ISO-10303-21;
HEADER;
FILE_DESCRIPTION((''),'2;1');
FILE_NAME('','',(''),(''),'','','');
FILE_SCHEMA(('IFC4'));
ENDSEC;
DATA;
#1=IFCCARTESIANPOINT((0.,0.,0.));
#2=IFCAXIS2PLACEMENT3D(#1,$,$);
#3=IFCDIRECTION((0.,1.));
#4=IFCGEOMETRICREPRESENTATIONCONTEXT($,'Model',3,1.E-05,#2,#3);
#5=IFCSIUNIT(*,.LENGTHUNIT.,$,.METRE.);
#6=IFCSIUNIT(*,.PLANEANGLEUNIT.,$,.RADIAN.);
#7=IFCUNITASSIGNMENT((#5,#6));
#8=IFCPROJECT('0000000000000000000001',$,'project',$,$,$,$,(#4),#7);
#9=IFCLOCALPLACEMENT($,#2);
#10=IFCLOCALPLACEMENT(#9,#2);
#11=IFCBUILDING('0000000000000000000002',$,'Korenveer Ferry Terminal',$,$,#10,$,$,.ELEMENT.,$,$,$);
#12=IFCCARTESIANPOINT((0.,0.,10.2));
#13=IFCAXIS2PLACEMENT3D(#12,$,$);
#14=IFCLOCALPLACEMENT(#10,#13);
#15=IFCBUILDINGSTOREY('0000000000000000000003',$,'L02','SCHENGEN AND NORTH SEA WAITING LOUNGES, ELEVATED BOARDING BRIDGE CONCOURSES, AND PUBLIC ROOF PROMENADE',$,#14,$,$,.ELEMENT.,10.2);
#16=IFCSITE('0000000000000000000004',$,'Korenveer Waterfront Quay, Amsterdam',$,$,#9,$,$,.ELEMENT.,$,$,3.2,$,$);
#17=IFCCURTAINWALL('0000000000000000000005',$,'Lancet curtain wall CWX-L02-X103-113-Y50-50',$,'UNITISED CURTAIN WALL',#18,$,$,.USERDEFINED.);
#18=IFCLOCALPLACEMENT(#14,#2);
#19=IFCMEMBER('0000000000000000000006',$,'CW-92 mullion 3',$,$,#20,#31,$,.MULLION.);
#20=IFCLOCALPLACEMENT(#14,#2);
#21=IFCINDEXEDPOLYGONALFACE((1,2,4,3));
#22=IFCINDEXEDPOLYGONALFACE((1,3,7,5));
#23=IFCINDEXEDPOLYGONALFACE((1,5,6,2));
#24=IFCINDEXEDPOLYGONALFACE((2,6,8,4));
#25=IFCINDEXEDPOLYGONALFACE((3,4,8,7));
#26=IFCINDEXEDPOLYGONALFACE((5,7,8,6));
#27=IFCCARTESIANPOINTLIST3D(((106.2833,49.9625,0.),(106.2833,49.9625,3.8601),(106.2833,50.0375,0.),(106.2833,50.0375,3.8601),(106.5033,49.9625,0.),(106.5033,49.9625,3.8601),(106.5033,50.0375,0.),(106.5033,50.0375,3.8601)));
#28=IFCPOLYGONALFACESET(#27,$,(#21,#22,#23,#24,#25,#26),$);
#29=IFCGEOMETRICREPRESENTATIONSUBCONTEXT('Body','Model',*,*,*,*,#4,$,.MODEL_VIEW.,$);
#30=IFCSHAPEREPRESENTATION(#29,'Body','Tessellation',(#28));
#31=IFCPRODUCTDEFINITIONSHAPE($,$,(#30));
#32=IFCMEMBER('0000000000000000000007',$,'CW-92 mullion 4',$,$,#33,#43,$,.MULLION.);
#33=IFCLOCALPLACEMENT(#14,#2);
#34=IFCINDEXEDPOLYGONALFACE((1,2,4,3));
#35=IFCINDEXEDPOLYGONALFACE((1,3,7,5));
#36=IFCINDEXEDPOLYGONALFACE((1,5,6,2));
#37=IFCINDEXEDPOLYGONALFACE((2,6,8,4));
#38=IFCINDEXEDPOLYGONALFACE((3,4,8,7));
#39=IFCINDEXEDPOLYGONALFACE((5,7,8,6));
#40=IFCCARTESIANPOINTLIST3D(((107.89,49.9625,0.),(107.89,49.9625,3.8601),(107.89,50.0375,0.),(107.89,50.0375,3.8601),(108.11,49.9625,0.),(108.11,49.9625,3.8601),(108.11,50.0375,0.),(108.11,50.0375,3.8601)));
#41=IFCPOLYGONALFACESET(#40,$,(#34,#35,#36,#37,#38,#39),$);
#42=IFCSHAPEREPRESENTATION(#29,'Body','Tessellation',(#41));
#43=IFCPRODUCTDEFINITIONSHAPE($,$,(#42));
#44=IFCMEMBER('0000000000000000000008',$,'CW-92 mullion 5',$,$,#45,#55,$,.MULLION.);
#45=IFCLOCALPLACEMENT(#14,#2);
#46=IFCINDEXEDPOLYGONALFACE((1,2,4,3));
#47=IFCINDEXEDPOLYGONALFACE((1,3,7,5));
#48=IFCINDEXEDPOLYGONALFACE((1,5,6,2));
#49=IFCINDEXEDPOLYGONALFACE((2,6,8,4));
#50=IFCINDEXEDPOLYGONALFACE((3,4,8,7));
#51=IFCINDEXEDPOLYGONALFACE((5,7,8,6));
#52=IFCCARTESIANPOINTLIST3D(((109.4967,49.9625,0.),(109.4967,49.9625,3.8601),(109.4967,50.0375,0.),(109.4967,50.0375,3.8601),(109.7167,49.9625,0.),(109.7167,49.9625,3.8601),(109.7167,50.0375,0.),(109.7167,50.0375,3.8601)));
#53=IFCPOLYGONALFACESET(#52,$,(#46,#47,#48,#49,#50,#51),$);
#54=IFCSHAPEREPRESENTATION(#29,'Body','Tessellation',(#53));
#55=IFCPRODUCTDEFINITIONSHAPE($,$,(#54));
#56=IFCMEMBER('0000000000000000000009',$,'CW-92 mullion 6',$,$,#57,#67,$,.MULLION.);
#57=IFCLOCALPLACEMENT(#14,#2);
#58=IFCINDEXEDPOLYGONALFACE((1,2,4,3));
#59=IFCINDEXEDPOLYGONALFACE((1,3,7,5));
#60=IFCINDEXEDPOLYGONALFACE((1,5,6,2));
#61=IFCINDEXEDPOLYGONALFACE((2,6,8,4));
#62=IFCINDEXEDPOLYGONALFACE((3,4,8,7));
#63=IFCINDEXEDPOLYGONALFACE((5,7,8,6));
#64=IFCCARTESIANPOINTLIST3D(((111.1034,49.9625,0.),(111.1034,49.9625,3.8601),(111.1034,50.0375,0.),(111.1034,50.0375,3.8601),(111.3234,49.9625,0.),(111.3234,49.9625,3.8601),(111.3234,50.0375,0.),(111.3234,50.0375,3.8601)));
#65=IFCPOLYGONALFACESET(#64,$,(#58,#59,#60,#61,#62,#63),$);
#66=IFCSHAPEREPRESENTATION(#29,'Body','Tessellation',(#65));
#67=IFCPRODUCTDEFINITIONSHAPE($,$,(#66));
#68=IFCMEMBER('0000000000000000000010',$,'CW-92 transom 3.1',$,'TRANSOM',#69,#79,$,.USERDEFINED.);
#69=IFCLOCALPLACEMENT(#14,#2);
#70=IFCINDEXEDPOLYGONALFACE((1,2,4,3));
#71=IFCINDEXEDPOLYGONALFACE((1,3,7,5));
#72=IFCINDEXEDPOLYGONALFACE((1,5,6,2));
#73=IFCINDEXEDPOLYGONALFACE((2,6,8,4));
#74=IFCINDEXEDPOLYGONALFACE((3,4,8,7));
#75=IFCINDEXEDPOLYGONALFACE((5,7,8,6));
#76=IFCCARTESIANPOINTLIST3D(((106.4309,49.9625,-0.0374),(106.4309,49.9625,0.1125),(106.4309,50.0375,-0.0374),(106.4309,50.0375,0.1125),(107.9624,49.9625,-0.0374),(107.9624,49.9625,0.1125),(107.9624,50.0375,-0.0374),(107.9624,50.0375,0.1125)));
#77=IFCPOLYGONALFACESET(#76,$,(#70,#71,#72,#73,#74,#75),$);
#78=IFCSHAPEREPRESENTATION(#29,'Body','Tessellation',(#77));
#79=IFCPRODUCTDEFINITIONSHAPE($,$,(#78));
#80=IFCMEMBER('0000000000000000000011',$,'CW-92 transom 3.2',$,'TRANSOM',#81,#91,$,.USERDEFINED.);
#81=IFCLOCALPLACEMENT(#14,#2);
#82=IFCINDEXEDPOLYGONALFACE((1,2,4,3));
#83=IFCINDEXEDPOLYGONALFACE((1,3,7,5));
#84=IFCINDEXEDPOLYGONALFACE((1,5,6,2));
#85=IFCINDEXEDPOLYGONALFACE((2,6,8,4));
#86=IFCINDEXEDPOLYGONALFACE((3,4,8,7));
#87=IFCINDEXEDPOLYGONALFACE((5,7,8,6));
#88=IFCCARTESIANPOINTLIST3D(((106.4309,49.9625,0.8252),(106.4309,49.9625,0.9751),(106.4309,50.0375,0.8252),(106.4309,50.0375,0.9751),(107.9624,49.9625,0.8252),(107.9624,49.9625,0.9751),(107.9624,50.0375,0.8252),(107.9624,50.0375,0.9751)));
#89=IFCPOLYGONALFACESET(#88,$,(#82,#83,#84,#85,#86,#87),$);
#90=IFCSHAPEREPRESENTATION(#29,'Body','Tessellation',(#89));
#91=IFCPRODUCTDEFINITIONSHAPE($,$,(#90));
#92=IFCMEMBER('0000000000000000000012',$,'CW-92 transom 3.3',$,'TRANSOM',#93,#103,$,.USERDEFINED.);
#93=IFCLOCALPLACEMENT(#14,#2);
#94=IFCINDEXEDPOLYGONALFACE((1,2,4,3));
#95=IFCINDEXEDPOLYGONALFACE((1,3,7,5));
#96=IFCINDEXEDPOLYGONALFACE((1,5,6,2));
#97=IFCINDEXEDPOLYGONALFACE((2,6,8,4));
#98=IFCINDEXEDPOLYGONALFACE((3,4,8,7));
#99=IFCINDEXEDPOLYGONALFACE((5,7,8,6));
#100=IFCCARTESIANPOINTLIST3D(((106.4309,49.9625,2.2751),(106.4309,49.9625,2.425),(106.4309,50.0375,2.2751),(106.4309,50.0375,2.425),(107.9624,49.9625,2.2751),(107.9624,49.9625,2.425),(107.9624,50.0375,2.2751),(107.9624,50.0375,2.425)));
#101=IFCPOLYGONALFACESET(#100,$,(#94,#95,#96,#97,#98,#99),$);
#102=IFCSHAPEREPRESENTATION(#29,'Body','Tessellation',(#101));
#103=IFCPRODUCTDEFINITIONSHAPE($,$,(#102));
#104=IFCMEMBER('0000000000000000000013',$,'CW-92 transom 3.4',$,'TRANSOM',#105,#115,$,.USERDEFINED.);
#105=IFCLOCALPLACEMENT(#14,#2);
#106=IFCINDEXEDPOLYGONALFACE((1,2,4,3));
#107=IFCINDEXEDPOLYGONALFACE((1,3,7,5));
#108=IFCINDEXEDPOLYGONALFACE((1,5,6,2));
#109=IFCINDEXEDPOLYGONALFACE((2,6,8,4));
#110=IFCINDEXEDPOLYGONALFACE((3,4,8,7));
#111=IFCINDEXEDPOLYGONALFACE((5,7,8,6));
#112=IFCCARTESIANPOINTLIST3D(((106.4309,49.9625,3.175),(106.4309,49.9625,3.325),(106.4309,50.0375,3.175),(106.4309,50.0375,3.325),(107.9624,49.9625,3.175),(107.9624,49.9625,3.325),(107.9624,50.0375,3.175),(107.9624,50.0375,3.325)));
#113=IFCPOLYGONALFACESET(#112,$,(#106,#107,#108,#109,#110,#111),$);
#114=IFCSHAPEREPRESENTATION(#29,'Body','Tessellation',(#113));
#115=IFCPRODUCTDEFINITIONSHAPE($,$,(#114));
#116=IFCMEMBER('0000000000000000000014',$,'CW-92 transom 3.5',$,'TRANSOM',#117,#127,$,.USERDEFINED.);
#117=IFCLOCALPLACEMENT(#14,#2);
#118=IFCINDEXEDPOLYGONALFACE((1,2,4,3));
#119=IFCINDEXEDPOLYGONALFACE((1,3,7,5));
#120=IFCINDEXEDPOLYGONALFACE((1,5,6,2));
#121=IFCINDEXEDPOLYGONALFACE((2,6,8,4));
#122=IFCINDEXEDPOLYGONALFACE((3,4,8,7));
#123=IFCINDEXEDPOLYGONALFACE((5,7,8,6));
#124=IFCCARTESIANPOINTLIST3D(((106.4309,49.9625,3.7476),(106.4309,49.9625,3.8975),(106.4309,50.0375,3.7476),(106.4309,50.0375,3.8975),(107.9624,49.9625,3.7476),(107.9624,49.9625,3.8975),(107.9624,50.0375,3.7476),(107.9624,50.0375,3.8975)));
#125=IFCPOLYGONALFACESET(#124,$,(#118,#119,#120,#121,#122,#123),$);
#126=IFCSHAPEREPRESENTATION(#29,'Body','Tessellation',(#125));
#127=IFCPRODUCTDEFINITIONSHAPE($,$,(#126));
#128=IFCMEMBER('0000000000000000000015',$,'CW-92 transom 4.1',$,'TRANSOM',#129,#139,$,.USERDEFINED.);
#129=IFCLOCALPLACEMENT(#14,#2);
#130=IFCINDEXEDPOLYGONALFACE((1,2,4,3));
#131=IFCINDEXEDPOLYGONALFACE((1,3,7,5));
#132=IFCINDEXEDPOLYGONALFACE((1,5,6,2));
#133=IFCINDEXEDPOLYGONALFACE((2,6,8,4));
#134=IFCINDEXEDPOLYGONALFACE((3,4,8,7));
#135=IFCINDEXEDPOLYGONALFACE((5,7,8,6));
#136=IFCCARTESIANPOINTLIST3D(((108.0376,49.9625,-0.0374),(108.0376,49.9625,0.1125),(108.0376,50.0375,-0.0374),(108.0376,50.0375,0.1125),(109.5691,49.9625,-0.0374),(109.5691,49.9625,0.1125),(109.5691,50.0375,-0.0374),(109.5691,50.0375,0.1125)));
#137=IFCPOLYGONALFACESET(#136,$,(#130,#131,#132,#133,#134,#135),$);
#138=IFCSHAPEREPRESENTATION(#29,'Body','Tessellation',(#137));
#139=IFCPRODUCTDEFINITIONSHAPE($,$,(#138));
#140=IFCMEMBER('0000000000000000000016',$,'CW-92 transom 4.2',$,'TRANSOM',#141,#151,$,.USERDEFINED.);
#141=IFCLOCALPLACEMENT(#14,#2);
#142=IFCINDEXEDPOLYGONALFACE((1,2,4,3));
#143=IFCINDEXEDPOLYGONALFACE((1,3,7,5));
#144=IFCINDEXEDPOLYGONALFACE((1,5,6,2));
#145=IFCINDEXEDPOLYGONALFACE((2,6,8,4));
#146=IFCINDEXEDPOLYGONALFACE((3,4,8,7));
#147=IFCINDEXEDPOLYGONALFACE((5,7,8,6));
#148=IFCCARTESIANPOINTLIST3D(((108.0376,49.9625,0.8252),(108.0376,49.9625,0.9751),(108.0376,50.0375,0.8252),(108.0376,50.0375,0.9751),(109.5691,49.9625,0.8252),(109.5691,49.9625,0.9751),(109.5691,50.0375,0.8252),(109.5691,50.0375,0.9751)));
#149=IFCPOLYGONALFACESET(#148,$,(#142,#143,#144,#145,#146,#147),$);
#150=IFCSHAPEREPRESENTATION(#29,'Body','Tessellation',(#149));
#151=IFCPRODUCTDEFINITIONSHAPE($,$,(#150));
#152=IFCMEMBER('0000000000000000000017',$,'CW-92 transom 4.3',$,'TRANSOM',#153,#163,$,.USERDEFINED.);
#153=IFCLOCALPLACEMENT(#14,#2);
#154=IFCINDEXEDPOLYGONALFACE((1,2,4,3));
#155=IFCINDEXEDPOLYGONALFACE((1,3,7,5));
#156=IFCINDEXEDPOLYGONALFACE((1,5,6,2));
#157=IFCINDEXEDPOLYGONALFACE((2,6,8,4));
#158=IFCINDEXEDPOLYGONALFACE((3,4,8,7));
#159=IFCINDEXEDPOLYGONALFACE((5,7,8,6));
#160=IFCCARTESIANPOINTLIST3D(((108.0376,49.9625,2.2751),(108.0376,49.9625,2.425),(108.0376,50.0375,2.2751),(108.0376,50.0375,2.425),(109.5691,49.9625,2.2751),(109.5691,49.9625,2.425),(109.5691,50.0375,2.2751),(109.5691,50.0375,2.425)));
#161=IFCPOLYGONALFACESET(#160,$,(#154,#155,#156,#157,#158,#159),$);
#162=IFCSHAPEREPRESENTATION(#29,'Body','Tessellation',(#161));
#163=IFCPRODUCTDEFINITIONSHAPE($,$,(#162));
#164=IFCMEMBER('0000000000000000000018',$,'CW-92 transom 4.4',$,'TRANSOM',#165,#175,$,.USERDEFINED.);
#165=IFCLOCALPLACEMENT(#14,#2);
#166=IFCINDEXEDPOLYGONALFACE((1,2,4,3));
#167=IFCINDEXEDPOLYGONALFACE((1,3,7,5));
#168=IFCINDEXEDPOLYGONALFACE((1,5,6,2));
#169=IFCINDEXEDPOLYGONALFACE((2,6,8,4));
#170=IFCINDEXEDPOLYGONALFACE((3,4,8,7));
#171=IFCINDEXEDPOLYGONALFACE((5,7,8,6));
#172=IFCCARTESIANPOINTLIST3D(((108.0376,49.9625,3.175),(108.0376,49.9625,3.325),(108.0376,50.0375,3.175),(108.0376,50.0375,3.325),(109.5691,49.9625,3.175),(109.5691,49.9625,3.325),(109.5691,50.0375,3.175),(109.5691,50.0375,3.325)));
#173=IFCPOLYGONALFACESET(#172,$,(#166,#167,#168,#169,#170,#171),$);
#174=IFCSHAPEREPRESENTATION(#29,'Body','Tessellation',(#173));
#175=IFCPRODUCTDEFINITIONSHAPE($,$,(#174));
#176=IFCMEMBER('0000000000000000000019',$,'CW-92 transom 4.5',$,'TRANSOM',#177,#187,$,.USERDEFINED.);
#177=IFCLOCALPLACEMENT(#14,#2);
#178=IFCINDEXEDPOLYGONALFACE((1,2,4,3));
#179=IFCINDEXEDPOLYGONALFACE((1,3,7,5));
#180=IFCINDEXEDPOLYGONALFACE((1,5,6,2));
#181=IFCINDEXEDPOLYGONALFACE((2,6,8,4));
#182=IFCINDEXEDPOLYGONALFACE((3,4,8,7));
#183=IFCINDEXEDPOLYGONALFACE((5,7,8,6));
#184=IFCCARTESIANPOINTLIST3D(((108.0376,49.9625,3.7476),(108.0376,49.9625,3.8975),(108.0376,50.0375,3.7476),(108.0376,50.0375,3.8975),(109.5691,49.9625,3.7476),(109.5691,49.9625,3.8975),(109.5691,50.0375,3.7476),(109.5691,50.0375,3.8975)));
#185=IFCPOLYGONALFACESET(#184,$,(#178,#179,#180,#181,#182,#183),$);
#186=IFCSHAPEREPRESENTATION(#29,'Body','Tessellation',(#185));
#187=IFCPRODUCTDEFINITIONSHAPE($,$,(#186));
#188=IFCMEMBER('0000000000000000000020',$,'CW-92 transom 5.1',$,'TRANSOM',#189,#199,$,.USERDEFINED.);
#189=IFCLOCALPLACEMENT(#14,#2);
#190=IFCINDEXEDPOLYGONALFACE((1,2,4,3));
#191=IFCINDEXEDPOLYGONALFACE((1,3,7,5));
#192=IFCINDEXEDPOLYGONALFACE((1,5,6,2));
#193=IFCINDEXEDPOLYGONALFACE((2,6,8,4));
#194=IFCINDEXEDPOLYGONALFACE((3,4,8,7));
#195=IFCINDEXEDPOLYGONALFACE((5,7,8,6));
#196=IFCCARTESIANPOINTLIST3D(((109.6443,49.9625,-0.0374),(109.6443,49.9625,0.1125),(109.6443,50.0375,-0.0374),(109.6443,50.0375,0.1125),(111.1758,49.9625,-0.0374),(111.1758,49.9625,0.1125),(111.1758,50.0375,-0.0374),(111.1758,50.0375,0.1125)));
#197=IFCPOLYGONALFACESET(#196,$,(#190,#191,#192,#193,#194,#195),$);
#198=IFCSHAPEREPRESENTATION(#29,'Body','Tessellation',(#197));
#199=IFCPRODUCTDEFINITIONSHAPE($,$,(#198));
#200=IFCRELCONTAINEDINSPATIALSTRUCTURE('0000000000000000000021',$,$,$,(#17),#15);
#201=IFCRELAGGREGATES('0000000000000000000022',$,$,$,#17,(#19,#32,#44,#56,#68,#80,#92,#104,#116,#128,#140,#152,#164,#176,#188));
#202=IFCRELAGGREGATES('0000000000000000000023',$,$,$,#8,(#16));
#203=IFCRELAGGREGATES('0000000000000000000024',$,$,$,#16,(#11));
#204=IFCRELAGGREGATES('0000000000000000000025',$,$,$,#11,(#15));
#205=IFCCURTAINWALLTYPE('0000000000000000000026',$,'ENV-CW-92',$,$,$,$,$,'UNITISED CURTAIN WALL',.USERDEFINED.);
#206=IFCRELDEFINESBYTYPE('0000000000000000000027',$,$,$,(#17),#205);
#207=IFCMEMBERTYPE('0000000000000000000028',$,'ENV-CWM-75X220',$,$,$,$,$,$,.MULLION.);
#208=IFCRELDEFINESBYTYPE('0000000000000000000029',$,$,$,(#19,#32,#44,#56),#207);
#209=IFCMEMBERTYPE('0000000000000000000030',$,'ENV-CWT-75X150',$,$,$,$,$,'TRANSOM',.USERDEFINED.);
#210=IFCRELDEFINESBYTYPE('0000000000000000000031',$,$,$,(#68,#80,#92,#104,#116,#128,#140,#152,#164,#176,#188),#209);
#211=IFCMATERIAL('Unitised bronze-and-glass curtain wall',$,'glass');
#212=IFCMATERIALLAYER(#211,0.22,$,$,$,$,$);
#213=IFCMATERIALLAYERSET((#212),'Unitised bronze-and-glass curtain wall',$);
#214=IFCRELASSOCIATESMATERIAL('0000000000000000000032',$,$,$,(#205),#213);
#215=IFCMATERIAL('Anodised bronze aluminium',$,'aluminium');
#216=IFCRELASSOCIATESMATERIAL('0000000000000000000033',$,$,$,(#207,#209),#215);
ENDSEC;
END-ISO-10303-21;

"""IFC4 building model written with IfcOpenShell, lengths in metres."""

from ifc_helpers import new_model, si_unit, direction, frame, origin, origin_2d, place, context, subcontext, project, spatial, rectangle, extrude, material, layer, layer_set, material_profile, profile_set, type_object, element, aggregate, save


model = new_model("IFC4")

# Units and contexts
model_context = context("Model", 3, precision=1e-05, world=origin(), true_north=direction((0.0, 1.0)))
body_context = subcontext(model_context, "Body", "Model", "MODEL_VIEW")
ifc_project = project(units=[si_unit("LENGTHUNIT", "METRE"), si_unit("PLANEANGLEUNIT", "RADIAN")], contexts=[model_context])

# Site, building, storey
site_placement = place(None, origin())
site = spatial("IfcSite", under=ifc_project, at=site_placement, Name="Korenveer Waterfront Quay, Amsterdam", CompositionType="ELEMENT", RefElevation=3.2)
building_placement = place(site_placement, origin())
building = spatial("IfcBuilding", under=site, at=building_placement, Name="Korenveer Ferry Terminal", CompositionType="ELEMENT")
storey_placement = place(building_placement, frame((0.0, 0.0, 10.2)))
storey = spatial("IfcBuildingStorey", under=building, at=storey_placement, Name="L02", Description="SCHENGEN AND NORTH SEA WAITING LOUNGES, ELEVATED BOARDING BRIDGE CONCOURSES, AND PUBLIC ROOF PROMENADE", CompositionType="ELEMENT", Elevation=10.2)

# Curtain wall, members
ifc_material_1 = material(Name="Unitised bronze-and-glass curtain wall", Category="glass")
ifc_layer_1 = layer(ifc_material_1, 0.22)
ifc_layer_set_1 = layer_set([ifc_layer_1], Name="Unitised bronze-and-glass curtain wall")
curtain_wall_type = type_object("IfcCurtainWallType", Name="ENV-CW-92", ElementType="UNITISED CURTAIN WALL", PredefinedType="USERDEFINED", material=ifc_layer_set_1)
curtain_wall_placement = place(storey_placement, frame((103.1799, 50.0, 0.0)))
curtain_wall = element("IfcCurtainWall", 1, at=curtain_wall_placement, inside=storey, type_object=curtain_wall_type, Name="Lancet curtain wall CWX-L02-X103-113-Y50-50", ObjectType="UNITISED CURTAIN WALL", PredefinedType="USERDEFINED")
ifc_material_2 = material(Name="Anodised bronze aluminium", Category="aluminium")
ifc_material_profile_1 = material_profile(ifc_material_2, rectangle(XDim=0.075, YDim=0.22, at=origin_2d()), Name="ALU 75x220")
ifc_profile_set_1 = profile_set([ifc_material_profile_1], Name="Anodised bronze aluminium")
member_type_1 = type_object("IfcMemberType", Name="ENV-CWM-75X220", PredefinedType="MULLION", material=ifc_profile_set_1)
member_1_placement = place(storey_placement, frame((106.3933, 50.0, 0.0), z_axis=(0.0, 0.0, 1.0), x_axis=(0.0, 1.0, 0.0)))
member_1 = element("IfcMember", 2, at=member_1_placement, type_object=member_type_1, Name="CW-92 mullion 3", PredefinedType="MULLION", context=body_context, shape_type="SweptSolid", body=[
    extrude(rectangle(XDim=0.075, YDim=0.22, at=origin_2d()), origin(), (0.0, 0.0, 1.0), 3.8601),
])
member_2_placement = place(storey_placement, frame((108.0, 50.0, 0.0), z_axis=(0.0, 0.0, 1.0), x_axis=(0.0, 1.0, 0.0)))
member_2 = element("IfcMember", 3, at=member_2_placement, type_object=member_type_1, Name="CW-92 mullion 4", PredefinedType="MULLION", context=body_context, shape_type="SweptSolid", body=[
    extrude(rectangle(XDim=0.075, YDim=0.22, at=origin_2d()), origin(), (0.0, 0.0, 1.0), 3.8601),
])
member_3_placement = place(storey_placement, frame((109.6067, 50.0, 0.0), z_axis=(0.0, 0.0, 1.0), x_axis=(0.0, 1.0, 0.0)))
member_3 = element("IfcMember", 4, at=member_3_placement, type_object=member_type_1, Name="CW-92 mullion 5", PredefinedType="MULLION", context=body_context, shape_type="SweptSolid", body=[
    extrude(rectangle(XDim=0.075, YDim=0.22, at=origin_2d()), origin(), (0.0, 0.0, 1.0), 3.8601),
])
member_4_placement = place(storey_placement, frame((111.2134, 50.0, 0.0), z_axis=(0.0, 0.0, 1.0), x_axis=(0.0, 1.0, 0.0)))
member_4 = element("IfcMember", 5, at=member_4_placement, type_object=member_type_1, Name="CW-92 mullion 6", PredefinedType="MULLION", context=body_context, shape_type="SweptSolid", body=[
    extrude(rectangle(XDim=0.075, YDim=0.22, at=origin_2d()), origin(), (0.0, 0.0, 1.0), 3.8601),
])
ifc_material_profile_2 = material_profile(ifc_material_2, rectangle(XDim=0.075, YDim=0.1499, at=origin_2d()), Name="ALU 75x150")
ifc_profile_set_2 = profile_set([ifc_material_profile_2], Name="Anodised bronze aluminium")
member_type_2 = type_object("IfcMemberType", Name="ENV-CWT-75X150", ElementType="TRANSOM", PredefinedType="USERDEFINED", material=ifc_profile_set_2)
member_5_placement = place(storey_placement, frame((106.4309, 50.0, 0.0376), z_axis=(1.0, 0.0, 0.0), x_axis=(0.0, 1.0, 0.0)))
member_5 = element("IfcMember", 6, at=member_5_placement, type_object=member_type_2, Name="CW-92 transom 3.1", ObjectType="TRANSOM", PredefinedType="USERDEFINED", context=body_context, shape_type="SweptSolid", body=[
    extrude(rectangle(XDim=0.075, YDim=0.1499, at=origin_2d()), origin(), (0.0, 0.0, 1.0), 1.5315),
])
member_6_placement = place(storey_placement, frame((106.4309, 50.0, 0.9001), z_axis=(1.0, 0.0, 0.0), x_axis=(0.0, 1.0, 0.0)))
member_6 = element("IfcMember", 7, at=member_6_placement, type_object=member_type_2, Name="CW-92 transom 3.2", ObjectType="TRANSOM", PredefinedType="USERDEFINED", context=body_context, shape_type="SweptSolid", body=[
    extrude(rectangle(XDim=0.075, YDim=0.1499, at=origin_2d()), origin(), (0.0, 0.0, 1.0), 1.5315),
])
member_7_placement = place(storey_placement, frame((106.4309, 50.0, 2.3501), z_axis=(1.0, 0.0, 0.0), x_axis=(0.0, 1.0, 0.0)))
member_7 = element("IfcMember", 8, at=member_7_placement, type_object=member_type_2, Name="CW-92 transom 3.3", ObjectType="TRANSOM", PredefinedType="USERDEFINED", context=body_context, shape_type="SweptSolid", body=[
    extrude(rectangle(XDim=0.075, YDim=0.1499, at=origin_2d()), origin(), (0.0, 0.0, 1.0), 1.5315),
])
member_8_placement = place(storey_placement, frame((106.4309, 50.0, 3.25), z_axis=(1.0, 0.0, 0.0), x_axis=(0.0, 1.0, 0.0)))
member_8 = element("IfcMember", 9, at=member_8_placement, type_object=member_type_2, Name="CW-92 transom 3.4", ObjectType="TRANSOM", PredefinedType="USERDEFINED", context=body_context, shape_type="SweptSolid", body=[
    extrude(rectangle(XDim=0.075, YDim=0.1499, at=origin_2d()), origin(), (0.0, 0.0, 1.0), 1.5315),
])
member_9_placement = place(storey_placement, frame((106.4309, 50.0, 3.8225), z_axis=(1.0, 0.0, 0.0), x_axis=(0.0, 1.0, 0.0)))
member_9 = element("IfcMember", 10, at=member_9_placement, type_object=member_type_2, Name="CW-92 transom 3.5", ObjectType="TRANSOM", PredefinedType="USERDEFINED", context=body_context, shape_type="SweptSolid", body=[
    extrude(rectangle(XDim=0.075, YDim=0.1499, at=origin_2d()), origin(), (0.0, 0.0, 1.0), 1.5315),
])
member_10_placement = place(storey_placement, frame((108.0376, 50.0, 0.0376), z_axis=(1.0, 0.0, 0.0), x_axis=(0.0, 1.0, 0.0)))
member_10 = element("IfcMember", 11, at=member_10_placement, type_object=member_type_2, Name="CW-92 transom 4.1", ObjectType="TRANSOM", PredefinedType="USERDEFINED", context=body_context, shape_type="SweptSolid", body=[
    extrude(rectangle(XDim=0.075, YDim=0.1499, at=origin_2d()), origin(), (0.0, 0.0, 1.0), 1.5315),
])
member_11_placement = place(storey_placement, frame((108.0376, 50.0, 0.9001), z_axis=(1.0, 0.0, 0.0), x_axis=(0.0, 1.0, 0.0)))
member_11 = element("IfcMember", 12, at=member_11_placement, type_object=member_type_2, Name="CW-92 transom 4.2", ObjectType="TRANSOM", PredefinedType="USERDEFINED", context=body_context, shape_type="SweptSolid", body=[
    extrude(rectangle(XDim=0.075, YDim=0.1499, at=origin_2d()), origin(), (0.0, 0.0, 1.0), 1.5315),
])
member_12_placement = place(storey_placement, frame((108.0376, 50.0, 2.3501), z_axis=(1.0, 0.0, 0.0), x_axis=(0.0, 1.0, 0.0)))
member_12 = element("IfcMember", 13, at=member_12_placement, type_object=member_type_2, Name="CW-92 transom 4.3", ObjectType="TRANSOM", PredefinedType="USERDEFINED", context=body_context, shape_type="SweptSolid", body=[
    extrude(rectangle(XDim=0.075, YDim=0.1499, at=origin_2d()), origin(), (0.0, 0.0, 1.0), 1.5315),
])
member_13_placement = place(storey_placement, frame((108.0376, 50.0, 3.25), z_axis=(1.0, 0.0, 0.0), x_axis=(0.0, 1.0, 0.0)))
member_13 = element("IfcMember", 14, at=member_13_placement, type_object=member_type_2, Name="CW-92 transom 4.4", ObjectType="TRANSOM", PredefinedType="USERDEFINED", context=body_context, shape_type="SweptSolid", body=[
    extrude(rectangle(XDim=0.075, YDim=0.1499, at=origin_2d()), origin(), (0.0, 0.0, 1.0), 1.5315),
])
member_14_placement = place(storey_placement, frame((108.0376, 50.0, 3.8225), z_axis=(1.0, 0.0, 0.0), x_axis=(0.0, 1.0, 0.0)))
member_14 = element("IfcMember", 15, at=member_14_placement, type_object=member_type_2, Name="CW-92 transom 4.5", ObjectType="TRANSOM", PredefinedType="USERDEFINED", context=body_context, shape_type="SweptSolid", body=[
    extrude(rectangle(XDim=0.075, YDim=0.1499, at=origin_2d()), origin(), (0.0, 0.0, 1.0), 1.5315),
])
member_15_placement = place(storey_placement, frame((109.6443, 50.0, 0.0376), z_axis=(1.0, 0.0, 0.0), x_axis=(0.0, 1.0, 0.0)))
member_15 = element("IfcMember", 16, at=member_15_placement, type_object=member_type_2, Name="CW-92 transom 5.1", ObjectType="TRANSOM", PredefinedType="USERDEFINED", context=body_context, shape_type="SweptSolid", body=[
    extrude(rectangle(XDim=0.075, YDim=0.1499, at=origin_2d()), origin(), (0.0, 0.0, 1.0), 1.5315),
])
aggregate(curtain_wall, [member_1, member_2, member_3, member_4, member_5, member_6, member_7, member_8, member_9, member_10, member_11, member_12, member_13, member_14, member_15])

save(model, "model.ifc")
